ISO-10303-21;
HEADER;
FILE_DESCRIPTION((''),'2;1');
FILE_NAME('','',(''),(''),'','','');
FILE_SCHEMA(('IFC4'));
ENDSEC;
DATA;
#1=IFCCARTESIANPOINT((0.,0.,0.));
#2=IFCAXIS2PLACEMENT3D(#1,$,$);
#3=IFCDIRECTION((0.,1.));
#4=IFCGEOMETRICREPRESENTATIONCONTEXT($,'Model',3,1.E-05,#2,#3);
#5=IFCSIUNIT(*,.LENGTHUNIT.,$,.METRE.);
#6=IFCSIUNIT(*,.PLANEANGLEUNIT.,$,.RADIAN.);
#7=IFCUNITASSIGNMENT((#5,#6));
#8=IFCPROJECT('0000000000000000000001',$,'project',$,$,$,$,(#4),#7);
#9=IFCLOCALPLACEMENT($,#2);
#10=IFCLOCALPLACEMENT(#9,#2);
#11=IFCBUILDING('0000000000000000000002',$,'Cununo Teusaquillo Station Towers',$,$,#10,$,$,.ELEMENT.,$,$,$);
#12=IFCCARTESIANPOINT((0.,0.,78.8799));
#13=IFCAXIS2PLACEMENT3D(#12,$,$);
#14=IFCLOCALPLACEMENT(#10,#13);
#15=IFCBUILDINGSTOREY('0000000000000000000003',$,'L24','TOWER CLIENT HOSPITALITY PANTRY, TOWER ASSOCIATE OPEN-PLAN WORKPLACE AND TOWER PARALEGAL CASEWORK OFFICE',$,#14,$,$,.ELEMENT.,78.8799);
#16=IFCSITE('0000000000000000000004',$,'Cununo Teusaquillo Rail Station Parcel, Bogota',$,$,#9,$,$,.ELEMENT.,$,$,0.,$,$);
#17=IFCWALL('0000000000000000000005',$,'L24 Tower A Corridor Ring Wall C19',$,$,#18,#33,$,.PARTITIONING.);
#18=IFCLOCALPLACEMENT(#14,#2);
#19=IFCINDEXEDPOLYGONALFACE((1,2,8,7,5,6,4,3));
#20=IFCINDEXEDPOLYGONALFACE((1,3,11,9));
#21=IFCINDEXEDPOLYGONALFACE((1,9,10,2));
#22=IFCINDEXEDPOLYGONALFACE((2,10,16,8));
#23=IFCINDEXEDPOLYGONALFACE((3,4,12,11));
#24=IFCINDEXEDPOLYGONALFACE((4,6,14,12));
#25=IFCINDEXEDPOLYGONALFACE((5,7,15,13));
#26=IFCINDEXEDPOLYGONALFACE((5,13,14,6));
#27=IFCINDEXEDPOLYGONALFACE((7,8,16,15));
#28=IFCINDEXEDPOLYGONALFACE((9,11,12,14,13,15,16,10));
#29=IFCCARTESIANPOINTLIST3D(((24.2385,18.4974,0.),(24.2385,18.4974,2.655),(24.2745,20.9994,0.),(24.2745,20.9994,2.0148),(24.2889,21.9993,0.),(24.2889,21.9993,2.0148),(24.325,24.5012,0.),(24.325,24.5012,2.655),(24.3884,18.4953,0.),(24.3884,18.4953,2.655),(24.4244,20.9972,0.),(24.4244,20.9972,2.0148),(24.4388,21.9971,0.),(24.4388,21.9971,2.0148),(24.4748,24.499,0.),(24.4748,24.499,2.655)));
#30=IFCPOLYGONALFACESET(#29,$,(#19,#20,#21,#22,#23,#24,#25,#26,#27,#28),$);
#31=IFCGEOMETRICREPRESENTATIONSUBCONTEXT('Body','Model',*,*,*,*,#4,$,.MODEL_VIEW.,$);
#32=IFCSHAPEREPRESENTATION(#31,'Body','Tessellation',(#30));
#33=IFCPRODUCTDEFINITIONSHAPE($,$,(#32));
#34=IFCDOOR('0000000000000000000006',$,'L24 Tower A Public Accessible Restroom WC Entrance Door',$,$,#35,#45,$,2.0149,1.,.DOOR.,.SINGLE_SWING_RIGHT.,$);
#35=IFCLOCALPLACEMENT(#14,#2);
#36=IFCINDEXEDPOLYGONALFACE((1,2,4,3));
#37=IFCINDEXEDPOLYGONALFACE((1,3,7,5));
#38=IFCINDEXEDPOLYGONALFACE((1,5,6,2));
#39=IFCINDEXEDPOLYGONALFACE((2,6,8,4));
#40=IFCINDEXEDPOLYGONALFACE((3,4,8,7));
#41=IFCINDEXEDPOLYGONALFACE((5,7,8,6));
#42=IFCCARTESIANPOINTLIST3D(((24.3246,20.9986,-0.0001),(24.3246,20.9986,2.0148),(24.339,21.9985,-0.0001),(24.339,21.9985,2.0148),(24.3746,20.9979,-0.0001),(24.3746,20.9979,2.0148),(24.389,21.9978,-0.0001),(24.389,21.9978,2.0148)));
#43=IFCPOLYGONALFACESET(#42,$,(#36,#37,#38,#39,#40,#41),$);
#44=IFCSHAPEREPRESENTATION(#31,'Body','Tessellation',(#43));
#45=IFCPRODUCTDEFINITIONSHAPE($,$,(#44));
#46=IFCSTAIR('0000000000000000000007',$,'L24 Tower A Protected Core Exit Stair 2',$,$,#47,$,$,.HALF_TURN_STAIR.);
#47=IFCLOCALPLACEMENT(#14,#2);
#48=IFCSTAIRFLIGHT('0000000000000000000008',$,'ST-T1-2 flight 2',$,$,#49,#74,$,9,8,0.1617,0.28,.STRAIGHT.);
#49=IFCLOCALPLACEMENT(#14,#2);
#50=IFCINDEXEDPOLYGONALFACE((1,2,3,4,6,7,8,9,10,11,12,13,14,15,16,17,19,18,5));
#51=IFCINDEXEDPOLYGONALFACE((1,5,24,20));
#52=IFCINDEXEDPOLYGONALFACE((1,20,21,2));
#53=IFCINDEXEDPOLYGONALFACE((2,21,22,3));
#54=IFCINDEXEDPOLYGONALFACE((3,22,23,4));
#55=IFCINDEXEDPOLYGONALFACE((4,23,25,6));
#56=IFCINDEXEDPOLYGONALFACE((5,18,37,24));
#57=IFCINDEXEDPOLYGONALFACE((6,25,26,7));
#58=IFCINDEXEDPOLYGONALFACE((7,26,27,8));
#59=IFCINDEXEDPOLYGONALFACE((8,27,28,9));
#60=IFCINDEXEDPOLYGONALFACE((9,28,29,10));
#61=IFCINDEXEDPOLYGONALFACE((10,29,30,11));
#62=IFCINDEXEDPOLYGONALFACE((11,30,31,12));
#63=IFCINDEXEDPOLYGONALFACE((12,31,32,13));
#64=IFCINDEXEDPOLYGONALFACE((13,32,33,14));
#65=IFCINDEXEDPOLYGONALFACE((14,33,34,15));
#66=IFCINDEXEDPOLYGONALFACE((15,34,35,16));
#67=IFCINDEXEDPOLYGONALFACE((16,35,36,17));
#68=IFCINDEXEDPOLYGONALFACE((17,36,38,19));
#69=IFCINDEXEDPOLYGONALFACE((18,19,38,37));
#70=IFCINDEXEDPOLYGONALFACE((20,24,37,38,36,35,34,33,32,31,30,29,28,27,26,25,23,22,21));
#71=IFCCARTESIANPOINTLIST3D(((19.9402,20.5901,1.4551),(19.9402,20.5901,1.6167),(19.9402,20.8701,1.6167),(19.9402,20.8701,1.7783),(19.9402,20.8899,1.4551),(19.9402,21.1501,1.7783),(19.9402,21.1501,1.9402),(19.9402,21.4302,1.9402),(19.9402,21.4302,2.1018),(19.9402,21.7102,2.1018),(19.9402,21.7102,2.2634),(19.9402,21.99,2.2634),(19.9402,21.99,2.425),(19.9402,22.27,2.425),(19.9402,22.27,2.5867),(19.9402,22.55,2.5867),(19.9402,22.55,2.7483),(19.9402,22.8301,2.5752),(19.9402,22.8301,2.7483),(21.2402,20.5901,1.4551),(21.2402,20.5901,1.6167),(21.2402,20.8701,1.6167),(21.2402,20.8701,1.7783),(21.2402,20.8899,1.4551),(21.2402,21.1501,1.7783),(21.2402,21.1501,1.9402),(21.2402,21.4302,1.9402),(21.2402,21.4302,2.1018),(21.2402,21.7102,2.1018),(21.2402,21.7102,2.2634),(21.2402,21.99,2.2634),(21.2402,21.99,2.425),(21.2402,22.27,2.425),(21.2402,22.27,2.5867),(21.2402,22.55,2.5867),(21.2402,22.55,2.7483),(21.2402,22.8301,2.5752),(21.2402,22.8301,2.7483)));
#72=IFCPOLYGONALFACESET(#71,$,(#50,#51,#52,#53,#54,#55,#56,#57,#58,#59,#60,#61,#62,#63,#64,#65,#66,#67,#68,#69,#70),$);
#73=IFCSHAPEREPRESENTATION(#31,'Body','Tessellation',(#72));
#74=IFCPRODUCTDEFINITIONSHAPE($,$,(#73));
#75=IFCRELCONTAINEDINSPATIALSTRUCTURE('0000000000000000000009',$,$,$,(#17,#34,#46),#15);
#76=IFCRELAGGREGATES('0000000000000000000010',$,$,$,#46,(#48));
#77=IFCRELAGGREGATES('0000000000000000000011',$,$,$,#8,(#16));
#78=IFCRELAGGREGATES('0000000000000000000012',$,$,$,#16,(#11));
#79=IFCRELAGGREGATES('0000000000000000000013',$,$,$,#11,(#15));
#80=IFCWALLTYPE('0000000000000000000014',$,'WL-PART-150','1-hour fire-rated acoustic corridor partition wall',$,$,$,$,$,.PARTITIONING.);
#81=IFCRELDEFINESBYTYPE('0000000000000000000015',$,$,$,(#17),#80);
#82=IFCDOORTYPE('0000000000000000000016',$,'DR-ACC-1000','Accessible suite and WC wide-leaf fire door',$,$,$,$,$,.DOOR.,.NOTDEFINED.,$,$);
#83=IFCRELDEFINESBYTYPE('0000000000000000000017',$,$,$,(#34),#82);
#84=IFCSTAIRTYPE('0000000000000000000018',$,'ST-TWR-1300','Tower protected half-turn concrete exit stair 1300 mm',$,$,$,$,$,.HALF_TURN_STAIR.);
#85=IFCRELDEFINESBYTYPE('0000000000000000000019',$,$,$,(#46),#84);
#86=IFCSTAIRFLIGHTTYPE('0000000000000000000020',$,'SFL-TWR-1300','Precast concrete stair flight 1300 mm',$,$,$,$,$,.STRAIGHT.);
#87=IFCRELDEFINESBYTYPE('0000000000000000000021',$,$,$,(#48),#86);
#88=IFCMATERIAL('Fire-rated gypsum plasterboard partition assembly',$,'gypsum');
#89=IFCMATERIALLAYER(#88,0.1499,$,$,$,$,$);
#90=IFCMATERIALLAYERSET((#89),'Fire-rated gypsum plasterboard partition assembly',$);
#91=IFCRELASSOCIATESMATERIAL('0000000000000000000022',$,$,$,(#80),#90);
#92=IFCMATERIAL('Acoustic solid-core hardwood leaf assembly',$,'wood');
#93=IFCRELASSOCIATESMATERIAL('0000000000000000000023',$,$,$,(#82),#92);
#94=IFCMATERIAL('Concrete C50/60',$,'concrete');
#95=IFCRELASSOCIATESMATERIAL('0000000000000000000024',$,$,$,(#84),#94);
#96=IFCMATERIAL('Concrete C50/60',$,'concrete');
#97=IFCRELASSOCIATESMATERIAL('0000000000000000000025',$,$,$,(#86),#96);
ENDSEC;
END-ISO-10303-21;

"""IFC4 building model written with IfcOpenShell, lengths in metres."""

from ifc_helpers import new_model, si_unit, direction, frame, frame_2d, origin, place, context, subcontext, project, spatial, polyline, rectangle, outline, extrude, source, transform, mapped, material, layer, layer_set, type_object, element, fill, aggregate, save


model = new_model("IFC4")

# Units and contexts
model_context = context("Model", 3, precision=1e-05, world=origin(), true_north=direction((0.0, 1.0)))
body_context = subcontext(model_context, "Body", "Model", "MODEL_VIEW")
ifc_project = project(units=[si_unit("LENGTHUNIT", "METRE"), si_unit("PLANEANGLEUNIT", "RADIAN")], contexts=[model_context])

# Site, building, storey
site_placement = place(None, origin())
site = spatial("IfcSite", under=ifc_project, at=site_placement, Name="Cununo Teusaquillo Rail Station Parcel, Bogota", CompositionType="ELEMENT", RefElevation=0.0)
building_placement = place(site_placement, origin())
building = spatial("IfcBuilding", under=site, at=building_placement, Name="Cununo Teusaquillo Station Towers", CompositionType="ELEMENT")
storey_placement = place(building_placement, frame((0.0, 0.0, 78.8799)))
storey = spatial("IfcBuildingStorey", under=building, at=storey_placement, Name="L24", Description="TOWER CLIENT HOSPITALITY PANTRY, TOWER ASSOCIATE OPEN-PLAN WORKPLACE AND TOWER PARALEGAL CASEWORK OFFICE", CompositionType="ELEMENT", Elevation=78.8799)

# Wall, opening, door
ifc_material_1 = material(Name="Fire-rated gypsum plasterboard partition assembly", Category="gypsum")
ifc_layer_1 = layer(ifc_material_1, 0.1499)
ifc_layer_set_1 = layer_set([ifc_layer_1], Name="Fire-rated gypsum plasterboard partition assembly")
wall_type_1 = type_object("IfcWallType", Name="WL-PART-150", Description="1-hour fire-rated acoustic corridor partition wall", PredefinedType="PARTITIONING", material=ifc_layer_set_1)
wall_1_placement = place(storey_placement, frame((24.3135, 18.4963, 0.0), z_axis=(0.0, 0.0, 1.0), x_axis=(0.014394, 0.999896, 0.0)))
wall_1 = element("IfcWall", 1, at=wall_1_placement, inside=storey, type_object=wall_type_1, Name="L24 Tower A Corridor Ring Wall C19", PredefinedType="PARTITIONING", context=body_context, shape_type="SweptSolid", body=[
    extrude(rectangle(XDim=6.0044, YDim=0.1499, at=frame_2d((3.0022, 0.0))), origin(), (0.0, 0.0, 1.0), 2.655),
])
shared_shape_1 = source(origin(), body_context, "Body", "SweptSolid", [
    extrude(rectangle(XDim=1.0, YDim=2.0149, at=frame_2d((0.5, 1.0073))), frame((0.0, 0.085, 0.0), z_axis=(0.0, -1.0, 0.0), x_axis=(1.0, 0.0, 0.0)), (0.0, 0.0, 1.0), 0.1699),
])
opening_placement = place(wall_1_placement, frame((2.5022, 0.0, 0.0)))
opening = element("IfcOpeningElement", 2, at=opening_placement, cuts=wall_1, PredefinedType="OPENING", context=body_context, shape_type="MappedRepresentation", body=[
    mapped(shared_shape_1, transform((0.0, 0.0, 0.0), x_axis=(1.0, 0.0, 0.0), y_axis=(0.0, 1.0, 0.0), z_axis=(0.0, 0.0, 1.0), scale=1.0)),
])
ifc_material_2 = material(Name="Acoustic solid-core hardwood leaf assembly", Category="wood")
door_type = type_object("IfcDoorType", Name="DR-ACC-1000", Description="Accessible suite and WC wide-leaf fire door", OperationType="NOTDEFINED", PredefinedType="DOOR", material=ifc_material_2)
shared_shape_2 = source(origin(), body_context, "Body", "SweptSolid", [
    extrude(rectangle(XDim=1.0, YDim=2.0149, at=frame_2d((0.5, 1.0073))), frame((0.0, 0.0249, 0.0), z_axis=(0.0, -1.0, 0.0), x_axis=(1.0, 0.0, 0.0)), (0.0, 0.0, 1.0), 0.05),
])
door_placement = place(opening_placement, origin())
door = element("IfcDoor", 3, at=door_placement, inside=storey, type_object=door_type, Name="L24 Tower A Public Accessible Restroom WC Entrance Door", OperationType="SINGLE_SWING_RIGHT", OverallHeight=2.0149, OverallWidth=1.0, PredefinedType="DOOR", context=body_context, shape_type="MappedRepresentation", body=[
    mapped(shared_shape_2, transform((0.0, 0.0, 0.0), x_axis=(1.0, 0.0, 0.0), y_axis=(0.0, 1.0, 0.0), z_axis=(0.0, 0.0, 1.0), scale=1.0)),
])
fill(opening, door)

# Stair, stair flight
ifc_material_3 = material(Name="Concrete C50/60", Category="concrete")
stair_type = type_object("IfcStairType", Name="ST-TWR-1300", Description="Tower protected half-turn concrete exit stair 1300 mm", PredefinedType="HALF_TURN_STAIR", material=ifc_material_3)
stair_placement = place(storey_placement, origin())
stair = element("IfcStair", 4, at=stair_placement, inside=storey, type_object=stair_type, Name="L24 Tower A Protected Core Exit Stair 2", PredefinedType="HALF_TURN_STAIR")
ifc_material_4 = material(Name="Concrete C50/60", Category="concrete")
stair_flight_type = type_object("IfcStairFlightType", Name="SFL-TWR-1300", Description="Precast concrete stair flight 1300 mm", PredefinedType="STRAIGHT", material=ifc_material_4)
stair_flight_placement = place(storey_placement, frame((20.5901, 20.5901, 1.4551), z_axis=(0.0, 0.0, 1.0), x_axis=(0.0, 1.0, 0.0)))
stair_flight = element("IfcStairFlight", 5, at=stair_flight_placement, type_object=stair_flight_type, Name="ST-T1-2 flight 2", NumberOfRisers=9, NumberOfTreads=8, PredefinedType="STRAIGHT", RiserHeight=0.1617, TreadLength=0.28, context=body_context, shape_type="SweptSolid", body=[
    extrude(outline(polyline([(0.0, 0.0), (0.0, 0.1616), (0.28, 0.1616), (0.28, 0.3232), (0.5601, 0.3232), (0.5601, 0.4851), (0.8401, 0.4851), (0.8401, 0.6467), (1.1201, 0.6467), (1.1201, 0.8083), (1.3999, 0.8083), (1.3999, 0.97), (1.6799, 0.97), (1.6799, 1.1316), (1.96, 1.1316), (1.96, 1.2932), (2.24, 1.2932), (2.24, 1.4551), (2.24, 1.1201), (0.2998, 0.0), (0.0, 0.0)])), frame((0.0, 0.6499, 0.0), z_axis=(0.0, -1.0, 0.0), x_axis=(1.0, 0.0, 0.0)), (0.0, 0.0, 1.0), 1.3),
])
aggregate(stair, [stair_flight])

save(model, "model.ifc")
